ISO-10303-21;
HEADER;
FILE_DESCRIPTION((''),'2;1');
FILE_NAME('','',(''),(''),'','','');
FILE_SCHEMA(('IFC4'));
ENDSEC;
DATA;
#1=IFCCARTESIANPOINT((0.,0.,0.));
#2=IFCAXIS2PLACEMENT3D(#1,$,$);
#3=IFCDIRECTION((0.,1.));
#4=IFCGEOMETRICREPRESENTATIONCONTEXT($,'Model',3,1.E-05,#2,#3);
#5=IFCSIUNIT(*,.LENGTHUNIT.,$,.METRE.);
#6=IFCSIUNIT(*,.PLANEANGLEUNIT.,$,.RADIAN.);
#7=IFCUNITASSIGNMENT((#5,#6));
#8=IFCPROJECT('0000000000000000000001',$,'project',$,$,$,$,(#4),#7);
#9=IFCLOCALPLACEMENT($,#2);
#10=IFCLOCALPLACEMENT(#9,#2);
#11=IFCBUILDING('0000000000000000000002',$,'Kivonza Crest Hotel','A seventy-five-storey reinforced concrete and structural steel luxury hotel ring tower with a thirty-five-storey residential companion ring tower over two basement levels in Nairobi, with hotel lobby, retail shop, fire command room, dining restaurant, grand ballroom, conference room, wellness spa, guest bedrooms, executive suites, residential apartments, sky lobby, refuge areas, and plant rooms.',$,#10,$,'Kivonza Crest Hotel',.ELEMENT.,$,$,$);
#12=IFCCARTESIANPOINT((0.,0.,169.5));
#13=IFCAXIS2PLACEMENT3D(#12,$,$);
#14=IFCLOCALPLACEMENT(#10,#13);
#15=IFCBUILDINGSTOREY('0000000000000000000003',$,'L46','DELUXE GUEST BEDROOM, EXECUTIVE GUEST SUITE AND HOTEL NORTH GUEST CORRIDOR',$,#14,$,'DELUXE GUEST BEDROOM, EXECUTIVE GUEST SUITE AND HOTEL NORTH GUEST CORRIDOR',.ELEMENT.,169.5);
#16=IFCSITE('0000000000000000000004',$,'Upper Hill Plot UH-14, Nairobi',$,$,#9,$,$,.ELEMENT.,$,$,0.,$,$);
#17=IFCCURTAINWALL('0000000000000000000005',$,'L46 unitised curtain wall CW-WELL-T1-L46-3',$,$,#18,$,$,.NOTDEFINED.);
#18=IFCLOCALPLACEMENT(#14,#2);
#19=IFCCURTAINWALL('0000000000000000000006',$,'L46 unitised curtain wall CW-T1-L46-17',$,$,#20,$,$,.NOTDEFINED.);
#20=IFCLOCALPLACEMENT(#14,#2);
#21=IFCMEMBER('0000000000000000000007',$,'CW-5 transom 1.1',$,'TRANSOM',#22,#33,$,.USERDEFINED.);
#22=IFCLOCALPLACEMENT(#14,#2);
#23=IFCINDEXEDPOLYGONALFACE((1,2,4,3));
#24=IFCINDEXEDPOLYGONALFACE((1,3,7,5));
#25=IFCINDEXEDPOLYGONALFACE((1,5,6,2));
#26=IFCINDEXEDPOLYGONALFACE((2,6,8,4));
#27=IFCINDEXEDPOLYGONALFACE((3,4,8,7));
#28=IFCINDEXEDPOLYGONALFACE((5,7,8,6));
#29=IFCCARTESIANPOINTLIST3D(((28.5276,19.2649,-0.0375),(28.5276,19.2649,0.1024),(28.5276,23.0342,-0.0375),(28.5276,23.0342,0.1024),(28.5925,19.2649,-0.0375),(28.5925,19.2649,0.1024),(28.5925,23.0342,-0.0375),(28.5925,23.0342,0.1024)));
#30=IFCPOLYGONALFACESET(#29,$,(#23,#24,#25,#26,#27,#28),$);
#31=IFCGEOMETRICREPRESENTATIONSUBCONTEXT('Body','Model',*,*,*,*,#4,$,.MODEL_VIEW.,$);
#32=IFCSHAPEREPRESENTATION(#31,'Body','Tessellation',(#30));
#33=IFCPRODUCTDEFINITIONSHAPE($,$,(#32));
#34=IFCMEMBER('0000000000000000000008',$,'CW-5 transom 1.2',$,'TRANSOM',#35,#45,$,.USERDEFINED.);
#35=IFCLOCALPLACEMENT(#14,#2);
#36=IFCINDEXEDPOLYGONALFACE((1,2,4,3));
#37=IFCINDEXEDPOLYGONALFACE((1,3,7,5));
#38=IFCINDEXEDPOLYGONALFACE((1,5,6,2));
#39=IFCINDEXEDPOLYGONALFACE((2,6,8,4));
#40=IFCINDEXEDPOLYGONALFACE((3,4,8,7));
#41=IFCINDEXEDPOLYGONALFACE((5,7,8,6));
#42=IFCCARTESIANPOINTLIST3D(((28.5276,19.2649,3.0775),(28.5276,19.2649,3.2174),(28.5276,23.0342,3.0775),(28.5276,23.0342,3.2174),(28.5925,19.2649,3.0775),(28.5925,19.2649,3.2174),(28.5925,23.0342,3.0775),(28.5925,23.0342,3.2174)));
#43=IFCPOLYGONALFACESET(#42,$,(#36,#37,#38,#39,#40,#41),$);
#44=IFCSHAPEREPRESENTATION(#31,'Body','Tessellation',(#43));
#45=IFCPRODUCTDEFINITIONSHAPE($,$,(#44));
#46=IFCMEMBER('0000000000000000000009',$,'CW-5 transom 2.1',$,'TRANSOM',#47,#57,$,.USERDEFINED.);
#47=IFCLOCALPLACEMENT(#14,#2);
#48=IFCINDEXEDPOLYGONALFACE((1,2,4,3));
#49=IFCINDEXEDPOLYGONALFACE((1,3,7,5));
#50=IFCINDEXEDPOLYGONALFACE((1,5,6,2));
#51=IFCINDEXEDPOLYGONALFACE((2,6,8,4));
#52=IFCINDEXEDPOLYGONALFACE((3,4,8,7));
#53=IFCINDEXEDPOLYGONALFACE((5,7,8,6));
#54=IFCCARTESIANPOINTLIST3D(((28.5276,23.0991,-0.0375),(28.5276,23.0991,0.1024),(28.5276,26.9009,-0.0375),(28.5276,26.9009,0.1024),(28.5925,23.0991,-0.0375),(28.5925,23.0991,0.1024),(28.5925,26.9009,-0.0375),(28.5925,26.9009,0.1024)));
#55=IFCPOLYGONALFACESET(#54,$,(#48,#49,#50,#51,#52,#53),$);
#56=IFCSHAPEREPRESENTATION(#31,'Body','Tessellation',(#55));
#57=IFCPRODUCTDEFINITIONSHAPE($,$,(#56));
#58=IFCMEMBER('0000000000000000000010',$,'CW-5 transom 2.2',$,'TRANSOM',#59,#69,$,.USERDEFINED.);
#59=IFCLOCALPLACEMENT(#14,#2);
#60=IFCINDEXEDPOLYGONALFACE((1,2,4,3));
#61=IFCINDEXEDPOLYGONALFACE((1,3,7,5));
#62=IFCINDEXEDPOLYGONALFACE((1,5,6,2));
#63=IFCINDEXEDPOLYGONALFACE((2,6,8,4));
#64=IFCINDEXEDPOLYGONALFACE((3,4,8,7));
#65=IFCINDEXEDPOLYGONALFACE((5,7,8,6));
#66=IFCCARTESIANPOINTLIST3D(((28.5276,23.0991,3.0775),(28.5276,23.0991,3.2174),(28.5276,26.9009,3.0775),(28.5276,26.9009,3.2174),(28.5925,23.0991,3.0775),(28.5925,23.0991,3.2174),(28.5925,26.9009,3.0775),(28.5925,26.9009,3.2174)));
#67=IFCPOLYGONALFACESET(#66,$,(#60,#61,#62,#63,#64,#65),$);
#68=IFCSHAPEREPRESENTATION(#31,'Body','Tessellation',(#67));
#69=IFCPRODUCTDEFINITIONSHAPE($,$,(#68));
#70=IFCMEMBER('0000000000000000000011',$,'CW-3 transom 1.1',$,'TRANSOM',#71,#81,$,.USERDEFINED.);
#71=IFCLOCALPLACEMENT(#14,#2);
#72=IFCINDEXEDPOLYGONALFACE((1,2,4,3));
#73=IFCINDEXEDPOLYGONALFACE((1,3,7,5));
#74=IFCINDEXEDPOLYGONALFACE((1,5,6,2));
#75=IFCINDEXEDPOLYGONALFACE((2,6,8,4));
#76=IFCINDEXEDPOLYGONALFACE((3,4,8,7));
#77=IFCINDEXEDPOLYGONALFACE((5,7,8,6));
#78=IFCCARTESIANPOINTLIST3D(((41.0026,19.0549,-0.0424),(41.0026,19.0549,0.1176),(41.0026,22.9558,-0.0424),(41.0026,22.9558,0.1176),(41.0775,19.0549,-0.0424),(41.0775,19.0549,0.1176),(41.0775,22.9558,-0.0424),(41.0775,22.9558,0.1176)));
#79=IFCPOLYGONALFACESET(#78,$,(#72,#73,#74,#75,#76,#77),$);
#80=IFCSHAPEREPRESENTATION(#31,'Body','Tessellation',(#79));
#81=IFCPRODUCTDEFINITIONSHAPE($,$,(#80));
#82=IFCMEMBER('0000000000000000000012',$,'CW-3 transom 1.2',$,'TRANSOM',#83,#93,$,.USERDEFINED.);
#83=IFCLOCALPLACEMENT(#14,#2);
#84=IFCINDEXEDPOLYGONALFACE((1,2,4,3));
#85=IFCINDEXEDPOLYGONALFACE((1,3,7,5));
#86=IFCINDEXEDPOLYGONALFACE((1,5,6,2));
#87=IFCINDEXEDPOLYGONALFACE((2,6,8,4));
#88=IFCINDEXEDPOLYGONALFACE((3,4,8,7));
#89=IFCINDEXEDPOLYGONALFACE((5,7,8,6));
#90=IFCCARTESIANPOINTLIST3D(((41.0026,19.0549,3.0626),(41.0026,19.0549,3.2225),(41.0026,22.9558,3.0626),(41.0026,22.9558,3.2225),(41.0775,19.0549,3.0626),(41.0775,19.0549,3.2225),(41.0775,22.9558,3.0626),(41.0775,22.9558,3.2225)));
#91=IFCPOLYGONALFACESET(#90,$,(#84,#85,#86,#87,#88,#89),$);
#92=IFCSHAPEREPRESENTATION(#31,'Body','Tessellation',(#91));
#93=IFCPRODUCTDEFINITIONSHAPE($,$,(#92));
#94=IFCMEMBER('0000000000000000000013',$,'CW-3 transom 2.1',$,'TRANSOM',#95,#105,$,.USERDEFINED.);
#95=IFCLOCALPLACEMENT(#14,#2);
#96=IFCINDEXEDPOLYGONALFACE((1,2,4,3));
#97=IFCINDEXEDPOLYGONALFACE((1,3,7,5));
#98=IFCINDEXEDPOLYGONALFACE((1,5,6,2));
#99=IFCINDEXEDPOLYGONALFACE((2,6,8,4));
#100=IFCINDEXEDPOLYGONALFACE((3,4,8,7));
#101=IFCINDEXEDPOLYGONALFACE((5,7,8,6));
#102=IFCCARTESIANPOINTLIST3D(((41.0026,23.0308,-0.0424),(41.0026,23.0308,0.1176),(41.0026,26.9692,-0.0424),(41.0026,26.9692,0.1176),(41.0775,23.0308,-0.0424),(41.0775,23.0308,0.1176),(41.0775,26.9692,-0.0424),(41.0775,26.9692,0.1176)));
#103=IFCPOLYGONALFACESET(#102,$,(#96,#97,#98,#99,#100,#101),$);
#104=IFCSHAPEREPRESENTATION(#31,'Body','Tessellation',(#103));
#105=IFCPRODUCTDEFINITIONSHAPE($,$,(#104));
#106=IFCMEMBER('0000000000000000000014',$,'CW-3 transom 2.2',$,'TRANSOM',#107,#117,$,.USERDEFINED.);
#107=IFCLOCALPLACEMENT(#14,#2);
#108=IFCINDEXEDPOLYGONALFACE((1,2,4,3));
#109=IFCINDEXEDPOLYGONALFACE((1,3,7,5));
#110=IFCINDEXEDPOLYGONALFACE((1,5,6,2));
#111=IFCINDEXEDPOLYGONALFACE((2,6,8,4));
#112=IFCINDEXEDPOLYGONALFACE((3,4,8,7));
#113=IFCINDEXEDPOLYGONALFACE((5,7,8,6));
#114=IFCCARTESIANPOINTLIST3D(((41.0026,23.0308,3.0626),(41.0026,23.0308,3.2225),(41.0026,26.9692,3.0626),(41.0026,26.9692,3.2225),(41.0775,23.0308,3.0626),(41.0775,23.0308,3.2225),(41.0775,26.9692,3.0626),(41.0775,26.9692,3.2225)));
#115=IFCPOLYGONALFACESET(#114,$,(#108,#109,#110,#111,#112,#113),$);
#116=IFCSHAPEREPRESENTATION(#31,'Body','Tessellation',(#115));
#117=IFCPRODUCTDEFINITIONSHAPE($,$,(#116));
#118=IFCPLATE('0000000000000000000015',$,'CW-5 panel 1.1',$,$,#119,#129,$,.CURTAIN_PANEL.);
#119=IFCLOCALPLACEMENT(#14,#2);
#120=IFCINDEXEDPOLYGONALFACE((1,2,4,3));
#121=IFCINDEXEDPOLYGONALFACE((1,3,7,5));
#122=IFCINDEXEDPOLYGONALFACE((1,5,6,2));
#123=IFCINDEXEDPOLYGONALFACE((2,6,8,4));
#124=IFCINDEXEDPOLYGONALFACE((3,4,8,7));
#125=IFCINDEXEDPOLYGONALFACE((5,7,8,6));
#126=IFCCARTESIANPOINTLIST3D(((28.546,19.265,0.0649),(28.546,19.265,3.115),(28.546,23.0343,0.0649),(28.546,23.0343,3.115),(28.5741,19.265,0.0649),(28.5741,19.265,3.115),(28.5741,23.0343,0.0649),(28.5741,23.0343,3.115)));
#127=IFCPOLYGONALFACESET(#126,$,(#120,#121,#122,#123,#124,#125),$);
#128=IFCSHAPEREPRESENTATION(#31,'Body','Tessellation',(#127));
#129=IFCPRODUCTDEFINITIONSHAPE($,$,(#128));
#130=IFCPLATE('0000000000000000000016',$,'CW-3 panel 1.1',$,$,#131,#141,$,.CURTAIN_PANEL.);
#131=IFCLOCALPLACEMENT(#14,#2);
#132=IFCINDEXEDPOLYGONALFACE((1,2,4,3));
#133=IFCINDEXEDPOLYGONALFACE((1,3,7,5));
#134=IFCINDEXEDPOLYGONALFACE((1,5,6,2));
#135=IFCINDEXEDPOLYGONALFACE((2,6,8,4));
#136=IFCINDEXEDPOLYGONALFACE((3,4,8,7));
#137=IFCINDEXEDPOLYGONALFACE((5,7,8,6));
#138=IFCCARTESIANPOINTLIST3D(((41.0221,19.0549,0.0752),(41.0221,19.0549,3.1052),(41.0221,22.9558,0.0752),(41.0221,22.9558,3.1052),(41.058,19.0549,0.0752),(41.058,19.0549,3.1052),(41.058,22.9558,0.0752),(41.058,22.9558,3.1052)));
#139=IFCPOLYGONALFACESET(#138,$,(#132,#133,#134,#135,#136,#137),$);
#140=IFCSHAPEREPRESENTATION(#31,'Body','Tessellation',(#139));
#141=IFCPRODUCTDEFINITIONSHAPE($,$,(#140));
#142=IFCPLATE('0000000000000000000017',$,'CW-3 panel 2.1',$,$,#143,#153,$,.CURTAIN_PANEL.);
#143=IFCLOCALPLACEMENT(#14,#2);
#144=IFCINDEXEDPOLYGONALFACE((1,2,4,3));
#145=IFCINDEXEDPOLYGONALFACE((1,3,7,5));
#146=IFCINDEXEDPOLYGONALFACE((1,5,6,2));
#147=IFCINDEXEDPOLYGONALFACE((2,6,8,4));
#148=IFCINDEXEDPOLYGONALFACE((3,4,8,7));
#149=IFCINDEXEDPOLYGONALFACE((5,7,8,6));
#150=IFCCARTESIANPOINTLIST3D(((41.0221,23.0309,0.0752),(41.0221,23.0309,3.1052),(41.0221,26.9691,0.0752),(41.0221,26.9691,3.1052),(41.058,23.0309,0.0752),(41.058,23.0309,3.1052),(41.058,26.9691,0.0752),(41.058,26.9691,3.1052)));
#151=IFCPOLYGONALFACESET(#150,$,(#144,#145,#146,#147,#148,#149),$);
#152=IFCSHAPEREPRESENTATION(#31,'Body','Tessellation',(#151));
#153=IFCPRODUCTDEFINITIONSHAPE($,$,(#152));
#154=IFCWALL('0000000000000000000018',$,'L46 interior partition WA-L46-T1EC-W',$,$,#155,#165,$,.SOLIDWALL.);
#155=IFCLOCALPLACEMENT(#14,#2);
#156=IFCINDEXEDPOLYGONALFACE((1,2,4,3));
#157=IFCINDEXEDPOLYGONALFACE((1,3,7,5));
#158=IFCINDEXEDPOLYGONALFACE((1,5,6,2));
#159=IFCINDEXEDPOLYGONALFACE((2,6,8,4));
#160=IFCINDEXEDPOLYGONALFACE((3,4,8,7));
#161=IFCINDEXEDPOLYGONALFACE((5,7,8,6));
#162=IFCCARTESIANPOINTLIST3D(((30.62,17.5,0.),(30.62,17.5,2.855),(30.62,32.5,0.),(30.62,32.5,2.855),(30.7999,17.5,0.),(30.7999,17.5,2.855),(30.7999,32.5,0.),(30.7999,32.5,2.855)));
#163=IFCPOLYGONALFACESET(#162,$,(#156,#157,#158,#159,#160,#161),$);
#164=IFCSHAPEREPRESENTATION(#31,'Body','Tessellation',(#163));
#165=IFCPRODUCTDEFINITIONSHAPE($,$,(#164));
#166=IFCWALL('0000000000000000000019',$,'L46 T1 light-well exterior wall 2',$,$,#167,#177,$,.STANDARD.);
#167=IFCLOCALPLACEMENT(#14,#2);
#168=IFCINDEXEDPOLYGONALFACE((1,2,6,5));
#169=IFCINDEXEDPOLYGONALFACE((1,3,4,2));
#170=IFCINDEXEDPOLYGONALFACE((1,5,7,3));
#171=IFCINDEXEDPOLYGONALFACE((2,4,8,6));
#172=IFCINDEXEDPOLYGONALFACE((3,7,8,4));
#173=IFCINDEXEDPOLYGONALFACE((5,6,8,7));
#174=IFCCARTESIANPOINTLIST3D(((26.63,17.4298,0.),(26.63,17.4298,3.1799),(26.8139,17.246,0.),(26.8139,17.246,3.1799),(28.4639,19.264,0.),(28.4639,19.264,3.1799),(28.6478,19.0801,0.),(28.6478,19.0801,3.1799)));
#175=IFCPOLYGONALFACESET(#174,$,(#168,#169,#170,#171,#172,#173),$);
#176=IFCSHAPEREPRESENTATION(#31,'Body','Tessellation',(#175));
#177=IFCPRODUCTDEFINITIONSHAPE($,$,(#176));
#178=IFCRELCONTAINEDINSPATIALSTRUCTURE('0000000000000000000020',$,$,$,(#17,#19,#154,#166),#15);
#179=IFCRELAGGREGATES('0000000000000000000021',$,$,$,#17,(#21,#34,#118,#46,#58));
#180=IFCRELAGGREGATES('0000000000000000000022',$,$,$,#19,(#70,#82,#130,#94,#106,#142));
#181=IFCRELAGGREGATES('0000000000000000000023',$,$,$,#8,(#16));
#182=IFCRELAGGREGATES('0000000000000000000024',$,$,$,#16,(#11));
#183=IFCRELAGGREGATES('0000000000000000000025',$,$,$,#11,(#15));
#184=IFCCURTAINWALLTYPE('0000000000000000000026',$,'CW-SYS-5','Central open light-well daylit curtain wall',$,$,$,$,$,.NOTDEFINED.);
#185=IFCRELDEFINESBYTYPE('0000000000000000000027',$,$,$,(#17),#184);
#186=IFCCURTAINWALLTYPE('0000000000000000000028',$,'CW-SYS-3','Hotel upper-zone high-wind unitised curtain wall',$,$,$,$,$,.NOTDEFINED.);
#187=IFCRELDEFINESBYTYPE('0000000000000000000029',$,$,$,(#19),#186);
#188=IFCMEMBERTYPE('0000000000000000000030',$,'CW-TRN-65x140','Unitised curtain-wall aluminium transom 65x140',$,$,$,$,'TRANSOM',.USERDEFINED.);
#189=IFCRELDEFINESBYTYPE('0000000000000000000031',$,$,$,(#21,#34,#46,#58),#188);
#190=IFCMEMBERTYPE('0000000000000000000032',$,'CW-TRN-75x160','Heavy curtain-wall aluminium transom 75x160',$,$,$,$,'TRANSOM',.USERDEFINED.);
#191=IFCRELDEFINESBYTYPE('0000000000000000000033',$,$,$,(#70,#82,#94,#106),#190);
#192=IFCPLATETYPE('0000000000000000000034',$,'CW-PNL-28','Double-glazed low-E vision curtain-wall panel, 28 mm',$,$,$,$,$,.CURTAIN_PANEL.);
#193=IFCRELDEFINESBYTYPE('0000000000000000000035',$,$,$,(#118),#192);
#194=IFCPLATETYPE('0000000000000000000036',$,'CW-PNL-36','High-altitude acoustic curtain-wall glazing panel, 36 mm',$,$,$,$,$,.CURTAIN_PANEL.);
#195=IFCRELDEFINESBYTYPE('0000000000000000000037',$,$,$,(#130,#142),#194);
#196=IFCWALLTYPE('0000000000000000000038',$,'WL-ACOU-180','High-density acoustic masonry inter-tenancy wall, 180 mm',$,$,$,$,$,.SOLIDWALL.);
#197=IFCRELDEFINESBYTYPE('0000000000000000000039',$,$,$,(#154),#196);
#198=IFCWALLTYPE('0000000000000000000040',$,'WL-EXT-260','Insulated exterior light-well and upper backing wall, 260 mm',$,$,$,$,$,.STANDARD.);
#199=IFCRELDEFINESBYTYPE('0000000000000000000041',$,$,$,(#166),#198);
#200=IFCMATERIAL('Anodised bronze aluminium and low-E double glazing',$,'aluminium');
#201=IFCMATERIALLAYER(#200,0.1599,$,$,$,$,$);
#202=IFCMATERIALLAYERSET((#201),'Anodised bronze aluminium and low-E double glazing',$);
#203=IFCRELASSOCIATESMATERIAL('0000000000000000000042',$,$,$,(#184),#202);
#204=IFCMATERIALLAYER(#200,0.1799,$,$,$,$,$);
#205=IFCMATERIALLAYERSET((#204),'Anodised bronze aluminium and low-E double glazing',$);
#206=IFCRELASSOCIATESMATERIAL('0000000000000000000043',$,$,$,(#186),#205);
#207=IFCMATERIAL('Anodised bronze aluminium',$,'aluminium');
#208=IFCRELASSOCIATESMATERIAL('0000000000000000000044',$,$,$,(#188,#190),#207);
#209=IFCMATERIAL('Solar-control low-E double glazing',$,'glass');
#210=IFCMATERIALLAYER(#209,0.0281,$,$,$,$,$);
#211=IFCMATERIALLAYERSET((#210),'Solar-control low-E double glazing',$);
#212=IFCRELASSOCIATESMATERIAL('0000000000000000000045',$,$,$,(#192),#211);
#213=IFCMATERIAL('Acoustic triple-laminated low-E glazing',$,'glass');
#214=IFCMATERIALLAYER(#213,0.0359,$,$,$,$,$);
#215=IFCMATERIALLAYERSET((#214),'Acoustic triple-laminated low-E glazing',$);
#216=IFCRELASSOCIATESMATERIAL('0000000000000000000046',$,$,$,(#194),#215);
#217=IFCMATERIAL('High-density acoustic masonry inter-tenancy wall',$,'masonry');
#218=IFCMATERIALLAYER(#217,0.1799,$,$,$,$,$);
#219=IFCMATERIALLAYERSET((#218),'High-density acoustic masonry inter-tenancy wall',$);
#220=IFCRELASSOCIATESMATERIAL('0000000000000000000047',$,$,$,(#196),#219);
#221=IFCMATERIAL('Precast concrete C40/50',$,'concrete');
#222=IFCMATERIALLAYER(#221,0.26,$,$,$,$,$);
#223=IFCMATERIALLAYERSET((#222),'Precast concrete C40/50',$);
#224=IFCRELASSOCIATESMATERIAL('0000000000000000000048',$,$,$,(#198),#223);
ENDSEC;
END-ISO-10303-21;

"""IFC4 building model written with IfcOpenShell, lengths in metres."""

from ifc_helpers import new_model, si_unit, direction, frame, frame_2d, origin, origin_2d, place, context, subcontext, project, spatial, rectangle, extrude, material, layer, layer_set, material_profile, profile_set, type_object, element, aggregate, save


model = new_model("IFC4")

# Units and contexts
model_context = context("Model", 3, precision=1e-05, world=origin(), true_north=direction((0.0, 1.0)))
body_context = subcontext(model_context, "Body", "Model", "MODEL_VIEW")
ifc_project = project(units=[si_unit("LENGTHUNIT", "METRE"), si_unit("PLANEANGLEUNIT", "RADIAN")], contexts=[model_context])

# Site, building, storey
site_placement = place(None, origin())
site = spatial("IfcSite", under=ifc_project, at=site_placement, Name="Upper Hill Plot UH-14, Nairobi", CompositionType="ELEMENT", RefElevation=0.0)
building_placement = place(site_placement, origin())
building = spatial("IfcBuilding", under=site, at=building_placement, Name="Kivonza Crest Hotel", Description="A seventy-five-storey reinforced concrete and structural steel luxury hotel ring tower with a thirty-five-storey residential companion ring tower over two basement levels in Nairobi, with hotel lobby, retail shop, fire command room, dining restaurant, grand ballroom, conference room, wellness spa, guest bedrooms, executive suites, residential apartments, sky lobby, refuge areas, and plant rooms.", LongName="Kivonza Crest Hotel", CompositionType="ELEMENT")
storey_placement = place(building_placement, frame((0.0, 0.0, 169.5)))
storey = spatial("IfcBuildingStorey", under=building, at=storey_placement, Name="L46", Description="DELUXE GUEST BEDROOM, EXECUTIVE GUEST SUITE AND HOTEL NORTH GUEST CORRIDOR", LongName="DELUXE GUEST BEDROOM, EXECUTIVE GUEST SUITE AND HOTEL NORTH GUEST CORRIDOR", CompositionType="ELEMENT", Elevation=169.5)

# Curtain walls
ifc_material_1 = material(Name="Anodised bronze aluminium and low-E double glazing", Category="aluminium")
ifc_layer_1 = layer(ifc_material_1, 0.1599)
ifc_layer_set_1 = layer_set([ifc_layer_1], Name="Anodised bronze aluminium and low-E double glazing")
curtain_wall_type_1 = type_object("IfcCurtainWallType", Name="CW-SYS-5", Description="Central open light-well daylit curtain wall", PredefinedType="NOTDEFINED", material=ifc_layer_set_1)
curtain_wall_1_placement = place(storey_placement, origin())
curtain_wall_1 = element("IfcCurtainWall", 1, at=curtain_wall_1_placement, inside=storey, type_object=curtain_wall_type_1, Name="L46 unitised curtain wall CW-WELL-T1-L46-3", PredefinedType="NOTDEFINED")
ifc_material_2 = material(Name="Anodised bronze aluminium", Category="aluminium")
ifc_layer_2 = layer(ifc_material_1, 0.1799)
ifc_layer_set_2 = layer_set([ifc_layer_2], Name="Anodised bronze aluminium and low-E double glazing")
curtain_wall_type_2 = type_object("IfcCurtainWallType", Name="CW-SYS-3", Description="Hotel upper-zone high-wind unitised curtain wall", PredefinedType="NOTDEFINED", material=ifc_layer_set_2)
curtain_wall_2_placement = place(storey_placement, origin())
curtain_wall_2 = element("IfcCurtainWall", 2, at=curtain_wall_2_placement, inside=storey, type_object=curtain_wall_type_2, Name="L46 unitised curtain wall CW-T1-L46-17", PredefinedType="NOTDEFINED")

# Members
ifc_material_profile_1 = material_profile(ifc_material_2, rectangle(XDim=0.0649, YDim=0.1399, at=origin_2d()), Name="CW-T 65x140")
ifc_profile_set_1 = profile_set([ifc_material_profile_1], Name="Anodised bronze aluminium")
member_type_1 = type_object("IfcMemberType", Name="CW-TRN-65x140", Description="Unitised curtain-wall aluminium transom 65x140", ElementType="TRANSOM", PredefinedType="USERDEFINED", material=ifc_profile_set_1)
member_1_placement = place(storey_placement, frame((28.5601, 19.2649, 0.0325), z_axis=(0.0, 1.0, 0.0), x_axis=(-1.0, 0.0, 0.0)))
member_1 = element("IfcMember", 3, at=member_1_placement, type_object=member_type_1, Name="CW-5 transom 1.1", ObjectType="TRANSOM", PredefinedType="USERDEFINED", context=body_context, shape_type="SweptSolid", body=[
    extrude(rectangle(XDim=0.0649, YDim=0.1399, at=origin_2d()), origin(), (0.0, 0.0, 1.0), 3.7693),
])
member_2_placement = place(storey_placement, frame((28.5601, 19.2649, 3.1475), z_axis=(0.0, 1.0, 0.0), x_axis=(-1.0, 0.0, 0.0)))
member_2 = element("IfcMember", 4, at=member_2_placement, type_object=member_type_1, Name="CW-5 transom 1.2", ObjectType="TRANSOM", PredefinedType="USERDEFINED", context=body_context, shape_type="SweptSolid", body=[
    extrude(rectangle(XDim=0.0649, YDim=0.1399, at=origin_2d()), origin(), (0.0, 0.0, 1.0), 3.7693),
])
member_3_placement = place(storey_placement, frame((28.5601, 23.0991, 0.0325), z_axis=(0.0, 1.0, 0.0), x_axis=(-1.0, 0.0, 0.0)))
member_3 = element("IfcMember", 5, at=member_3_placement, type_object=member_type_1, Name="CW-5 transom 2.1", ObjectType="TRANSOM", PredefinedType="USERDEFINED", context=body_context, shape_type="SweptSolid", body=[
    extrude(rectangle(XDim=0.0649, YDim=0.1399, at=origin_2d()), origin(), (0.0, 0.0, 1.0), 3.8018),
])
member_4_placement = place(storey_placement, frame((28.5601, 23.0991, 3.1475), z_axis=(0.0, 1.0, 0.0), x_axis=(-1.0, 0.0, 0.0)))
member_4 = element("IfcMember", 6, at=member_4_placement, type_object=member_type_1, Name="CW-5 transom 2.2", ObjectType="TRANSOM", PredefinedType="USERDEFINED", context=body_context, shape_type="SweptSolid", body=[
    extrude(rectangle(XDim=0.0649, YDim=0.1399, at=origin_2d()), origin(), (0.0, 0.0, 1.0), 3.8018),
])
ifc_material_profile_2 = material_profile(ifc_material_2, rectangle(XDim=0.075, YDim=0.1599, at=origin_2d()), Name="CW-T 75x160")
ifc_profile_set_2 = profile_set([ifc_material_profile_2], Name="Anodised bronze aluminium")
member_type_2 = type_object("IfcMemberType", Name="CW-TRN-75x160", Description="Heavy curtain-wall aluminium transom 75x160", ElementType="TRANSOM", PredefinedType="USERDEFINED", material=ifc_profile_set_2)
member_5_placement = place(storey_placement, frame((41.04, 19.0549, 0.0376), z_axis=(0.0, 1.0, 0.0), x_axis=(-1.0, 0.0, 0.0)))
member_5 = element("IfcMember", 7, at=member_5_placement, type_object=member_type_2, Name="CW-3 transom 1.1", ObjectType="TRANSOM", PredefinedType="USERDEFINED", context=body_context, shape_type="SweptSolid", body=[
    extrude(rectangle(XDim=0.075, YDim=0.1599, at=origin_2d()), origin(), (0.0, 0.0, 1.0), 3.9009),
])
member_6_placement = place(storey_placement, frame((41.04, 19.0549, 3.1426), z_axis=(0.0, 1.0, 0.0), x_axis=(-1.0, 0.0, 0.0)))
member_6 = element("IfcMember", 8, at=member_6_placement, type_object=member_type_2, Name="CW-3 transom 1.2", ObjectType="TRANSOM", PredefinedType="USERDEFINED", context=body_context, shape_type="SweptSolid", body=[
    extrude(rectangle(XDim=0.075, YDim=0.1599, at=origin_2d()), origin(), (0.0, 0.0, 1.0), 3.9009),
])
member_7_placement = place(storey_placement, frame((41.04, 23.0308, 0.0376), z_axis=(0.0, 1.0, 0.0), x_axis=(-1.0, 0.0, 0.0)))
member_7 = element("IfcMember", 9, at=member_7_placement, type_object=member_type_2, Name="CW-3 transom 2.1", ObjectType="TRANSOM", PredefinedType="USERDEFINED", context=body_context, shape_type="SweptSolid", body=[
    extrude(rectangle(XDim=0.075, YDim=0.1599, at=origin_2d()), origin(), (0.0, 0.0, 1.0), 3.9385),
])
member_8_placement = place(storey_placement, frame((41.04, 23.0308, 3.1426), z_axis=(0.0, 1.0, 0.0), x_axis=(-1.0, 0.0, 0.0)))
member_8 = element("IfcMember", 10, at=member_8_placement, type_object=member_type_2, Name="CW-3 transom 2.2", ObjectType="TRANSOM", PredefinedType="USERDEFINED", context=body_context, shape_type="SweptSolid", body=[
    extrude(rectangle(XDim=0.075, YDim=0.1599, at=origin_2d()), origin(), (0.0, 0.0, 1.0), 3.9385),
])

# Plates
ifc_material_3 = material(Name="Solar-control low-E double glazing", Category="glass")
ifc_layer_3 = layer(ifc_material_3, 0.0281)
ifc_layer_set_3 = layer_set([ifc_layer_3], Name="Solar-control low-E double glazing")
plate_type_1 = type_object("IfcPlateType", Name="CW-PNL-28", Description="Double-glazed low-E vision curtain-wall panel, 28 mm", PredefinedType="CURTAIN_PANEL", material=ifc_layer_set_3)
plate_1_placement = place(storey_placement, frame((28.5601, 21.1497, 0.0649), z_axis=(0.0, 0.0, 1.0), x_axis=(0.0, 1.0, 0.0)))
plate_1 = element("IfcPlate", 11, at=plate_1_placement, type_object=plate_type_1, Name="CW-5 panel 1.1", PredefinedType="CURTAIN_PANEL", context=body_context, shape_type="SweptSolid", body=[
    extrude(rectangle(XDim=3.7693, YDim=0.0281, at=origin_2d()), origin(), (0.0, 0.0, 1.0), 3.05),
])
aggregate(curtain_wall_1, [member_1, member_2, plate_1, member_3, member_4])
ifc_material_4 = material(Name="Acoustic triple-laminated low-E glazing", Category="glass")
ifc_layer_4 = layer(ifc_material_4, 0.0359)
ifc_layer_set_4 = layer_set([ifc_layer_4], Name="Acoustic triple-laminated low-E glazing")
plate_type_2 = type_object("IfcPlateType", Name="CW-PNL-36", Description="High-altitude acoustic curtain-wall glazing panel, 36 mm", PredefinedType="CURTAIN_PANEL", material=ifc_layer_set_4)
plate_2_placement = place(storey_placement, frame((41.04, 21.0054, 0.0752), z_axis=(0.0, 0.0, 1.0), x_axis=(0.0, 1.0, 0.0)))
plate_2 = element("IfcPlate", 12, at=plate_2_placement, type_object=plate_type_2, Name="CW-3 panel 1.1", PredefinedType="CURTAIN_PANEL", context=body_context, shape_type="SweptSolid", body=[
    extrude(rectangle(XDim=3.9009, YDim=0.0359, at=origin_2d()), origin(), (0.0, 0.0, 1.0), 3.03),
])
plate_3_placement = place(storey_placement, frame((41.04, 25.0, 0.0752), z_axis=(0.0, 0.0, 1.0), x_axis=(0.0, 1.0, 0.0)))
plate_3 = element("IfcPlate", 13, at=plate_3_placement, type_object=plate_type_2, Name="CW-3 panel 2.1", PredefinedType="CURTAIN_PANEL", context=body_context, shape_type="SweptSolid", body=[
    extrude(rectangle(XDim=3.9382, YDim=0.0359, at=origin_2d()), origin(), (0.0, 0.0, 1.0), 3.03),
])
aggregate(curtain_wall_2, [member_5, member_6, plate_2, member_7, member_8, plate_3])

# Walls
ifc_material_5 = material(Name="High-density acoustic masonry inter-tenancy wall", Category="masonry")
ifc_layer_5 = layer(ifc_material_5, 0.1799)
ifc_layer_set_5 = layer_set([ifc_layer_5], Name="High-density acoustic masonry inter-tenancy wall")
wall_type_1 = type_object("IfcWallType", Name="WL-ACOU-180", Description="High-density acoustic masonry inter-tenancy wall, 180 mm", PredefinedType="SOLIDWALL", material=ifc_layer_set_5)
wall_1_placement = place(storey_placement, frame((30.71, 17.5, 0.0), z_axis=(0.0, 0.0, 1.0), x_axis=(0.0, 1.0, 0.0)))
element("IfcWall", 14, at=wall_1_placement, inside=storey, type_object=wall_type_1, Name="L46 interior partition WA-L46-T1EC-W", PredefinedType="SOLIDWALL", context=body_context, shape_type="SweptSolid", body=[
    extrude(rectangle(XDim=15.0, YDim=0.1799, at=frame_2d((7.5, 0.0))), origin(), (0.0, 0.0, 1.0), 2.855),
])
ifc_material_6 = material(Name="Precast concrete C40/50", Category="concrete")
ifc_layer_6 = layer(ifc_material_6, 0.26)
ifc_layer_set_6 = layer_set([ifc_layer_6], Name="Precast concrete C40/50")
wall_type_2 = type_object("IfcWallType", Name="WL-EXT-260", Description="Insulated exterior light-well and upper backing wall, 260 mm", PredefinedType="STANDARD", material=ifc_layer_set_6)
wall_2_placement = place(storey_placement, frame((26.7219, 17.3379, 0.0), z_axis=(0.0, 0.0, 1.0), x_axis=(0.70706, 0.707154, 0.0)))
element("IfcWall", 15, at=wall_2_placement, inside=storey, type_object=wall_type_2, Name="L46 T1 light-well exterior wall 2", PredefinedType="STANDARD", context=body_context, shape_type="SweptSolid", body=[
    extrude(rectangle(XDim=2.5938, YDim=0.26, at=frame_2d((1.2969, 0.0))), origin(), (0.0, 0.0, 1.0), 3.1799),
])

save(model, "model.ifc")
